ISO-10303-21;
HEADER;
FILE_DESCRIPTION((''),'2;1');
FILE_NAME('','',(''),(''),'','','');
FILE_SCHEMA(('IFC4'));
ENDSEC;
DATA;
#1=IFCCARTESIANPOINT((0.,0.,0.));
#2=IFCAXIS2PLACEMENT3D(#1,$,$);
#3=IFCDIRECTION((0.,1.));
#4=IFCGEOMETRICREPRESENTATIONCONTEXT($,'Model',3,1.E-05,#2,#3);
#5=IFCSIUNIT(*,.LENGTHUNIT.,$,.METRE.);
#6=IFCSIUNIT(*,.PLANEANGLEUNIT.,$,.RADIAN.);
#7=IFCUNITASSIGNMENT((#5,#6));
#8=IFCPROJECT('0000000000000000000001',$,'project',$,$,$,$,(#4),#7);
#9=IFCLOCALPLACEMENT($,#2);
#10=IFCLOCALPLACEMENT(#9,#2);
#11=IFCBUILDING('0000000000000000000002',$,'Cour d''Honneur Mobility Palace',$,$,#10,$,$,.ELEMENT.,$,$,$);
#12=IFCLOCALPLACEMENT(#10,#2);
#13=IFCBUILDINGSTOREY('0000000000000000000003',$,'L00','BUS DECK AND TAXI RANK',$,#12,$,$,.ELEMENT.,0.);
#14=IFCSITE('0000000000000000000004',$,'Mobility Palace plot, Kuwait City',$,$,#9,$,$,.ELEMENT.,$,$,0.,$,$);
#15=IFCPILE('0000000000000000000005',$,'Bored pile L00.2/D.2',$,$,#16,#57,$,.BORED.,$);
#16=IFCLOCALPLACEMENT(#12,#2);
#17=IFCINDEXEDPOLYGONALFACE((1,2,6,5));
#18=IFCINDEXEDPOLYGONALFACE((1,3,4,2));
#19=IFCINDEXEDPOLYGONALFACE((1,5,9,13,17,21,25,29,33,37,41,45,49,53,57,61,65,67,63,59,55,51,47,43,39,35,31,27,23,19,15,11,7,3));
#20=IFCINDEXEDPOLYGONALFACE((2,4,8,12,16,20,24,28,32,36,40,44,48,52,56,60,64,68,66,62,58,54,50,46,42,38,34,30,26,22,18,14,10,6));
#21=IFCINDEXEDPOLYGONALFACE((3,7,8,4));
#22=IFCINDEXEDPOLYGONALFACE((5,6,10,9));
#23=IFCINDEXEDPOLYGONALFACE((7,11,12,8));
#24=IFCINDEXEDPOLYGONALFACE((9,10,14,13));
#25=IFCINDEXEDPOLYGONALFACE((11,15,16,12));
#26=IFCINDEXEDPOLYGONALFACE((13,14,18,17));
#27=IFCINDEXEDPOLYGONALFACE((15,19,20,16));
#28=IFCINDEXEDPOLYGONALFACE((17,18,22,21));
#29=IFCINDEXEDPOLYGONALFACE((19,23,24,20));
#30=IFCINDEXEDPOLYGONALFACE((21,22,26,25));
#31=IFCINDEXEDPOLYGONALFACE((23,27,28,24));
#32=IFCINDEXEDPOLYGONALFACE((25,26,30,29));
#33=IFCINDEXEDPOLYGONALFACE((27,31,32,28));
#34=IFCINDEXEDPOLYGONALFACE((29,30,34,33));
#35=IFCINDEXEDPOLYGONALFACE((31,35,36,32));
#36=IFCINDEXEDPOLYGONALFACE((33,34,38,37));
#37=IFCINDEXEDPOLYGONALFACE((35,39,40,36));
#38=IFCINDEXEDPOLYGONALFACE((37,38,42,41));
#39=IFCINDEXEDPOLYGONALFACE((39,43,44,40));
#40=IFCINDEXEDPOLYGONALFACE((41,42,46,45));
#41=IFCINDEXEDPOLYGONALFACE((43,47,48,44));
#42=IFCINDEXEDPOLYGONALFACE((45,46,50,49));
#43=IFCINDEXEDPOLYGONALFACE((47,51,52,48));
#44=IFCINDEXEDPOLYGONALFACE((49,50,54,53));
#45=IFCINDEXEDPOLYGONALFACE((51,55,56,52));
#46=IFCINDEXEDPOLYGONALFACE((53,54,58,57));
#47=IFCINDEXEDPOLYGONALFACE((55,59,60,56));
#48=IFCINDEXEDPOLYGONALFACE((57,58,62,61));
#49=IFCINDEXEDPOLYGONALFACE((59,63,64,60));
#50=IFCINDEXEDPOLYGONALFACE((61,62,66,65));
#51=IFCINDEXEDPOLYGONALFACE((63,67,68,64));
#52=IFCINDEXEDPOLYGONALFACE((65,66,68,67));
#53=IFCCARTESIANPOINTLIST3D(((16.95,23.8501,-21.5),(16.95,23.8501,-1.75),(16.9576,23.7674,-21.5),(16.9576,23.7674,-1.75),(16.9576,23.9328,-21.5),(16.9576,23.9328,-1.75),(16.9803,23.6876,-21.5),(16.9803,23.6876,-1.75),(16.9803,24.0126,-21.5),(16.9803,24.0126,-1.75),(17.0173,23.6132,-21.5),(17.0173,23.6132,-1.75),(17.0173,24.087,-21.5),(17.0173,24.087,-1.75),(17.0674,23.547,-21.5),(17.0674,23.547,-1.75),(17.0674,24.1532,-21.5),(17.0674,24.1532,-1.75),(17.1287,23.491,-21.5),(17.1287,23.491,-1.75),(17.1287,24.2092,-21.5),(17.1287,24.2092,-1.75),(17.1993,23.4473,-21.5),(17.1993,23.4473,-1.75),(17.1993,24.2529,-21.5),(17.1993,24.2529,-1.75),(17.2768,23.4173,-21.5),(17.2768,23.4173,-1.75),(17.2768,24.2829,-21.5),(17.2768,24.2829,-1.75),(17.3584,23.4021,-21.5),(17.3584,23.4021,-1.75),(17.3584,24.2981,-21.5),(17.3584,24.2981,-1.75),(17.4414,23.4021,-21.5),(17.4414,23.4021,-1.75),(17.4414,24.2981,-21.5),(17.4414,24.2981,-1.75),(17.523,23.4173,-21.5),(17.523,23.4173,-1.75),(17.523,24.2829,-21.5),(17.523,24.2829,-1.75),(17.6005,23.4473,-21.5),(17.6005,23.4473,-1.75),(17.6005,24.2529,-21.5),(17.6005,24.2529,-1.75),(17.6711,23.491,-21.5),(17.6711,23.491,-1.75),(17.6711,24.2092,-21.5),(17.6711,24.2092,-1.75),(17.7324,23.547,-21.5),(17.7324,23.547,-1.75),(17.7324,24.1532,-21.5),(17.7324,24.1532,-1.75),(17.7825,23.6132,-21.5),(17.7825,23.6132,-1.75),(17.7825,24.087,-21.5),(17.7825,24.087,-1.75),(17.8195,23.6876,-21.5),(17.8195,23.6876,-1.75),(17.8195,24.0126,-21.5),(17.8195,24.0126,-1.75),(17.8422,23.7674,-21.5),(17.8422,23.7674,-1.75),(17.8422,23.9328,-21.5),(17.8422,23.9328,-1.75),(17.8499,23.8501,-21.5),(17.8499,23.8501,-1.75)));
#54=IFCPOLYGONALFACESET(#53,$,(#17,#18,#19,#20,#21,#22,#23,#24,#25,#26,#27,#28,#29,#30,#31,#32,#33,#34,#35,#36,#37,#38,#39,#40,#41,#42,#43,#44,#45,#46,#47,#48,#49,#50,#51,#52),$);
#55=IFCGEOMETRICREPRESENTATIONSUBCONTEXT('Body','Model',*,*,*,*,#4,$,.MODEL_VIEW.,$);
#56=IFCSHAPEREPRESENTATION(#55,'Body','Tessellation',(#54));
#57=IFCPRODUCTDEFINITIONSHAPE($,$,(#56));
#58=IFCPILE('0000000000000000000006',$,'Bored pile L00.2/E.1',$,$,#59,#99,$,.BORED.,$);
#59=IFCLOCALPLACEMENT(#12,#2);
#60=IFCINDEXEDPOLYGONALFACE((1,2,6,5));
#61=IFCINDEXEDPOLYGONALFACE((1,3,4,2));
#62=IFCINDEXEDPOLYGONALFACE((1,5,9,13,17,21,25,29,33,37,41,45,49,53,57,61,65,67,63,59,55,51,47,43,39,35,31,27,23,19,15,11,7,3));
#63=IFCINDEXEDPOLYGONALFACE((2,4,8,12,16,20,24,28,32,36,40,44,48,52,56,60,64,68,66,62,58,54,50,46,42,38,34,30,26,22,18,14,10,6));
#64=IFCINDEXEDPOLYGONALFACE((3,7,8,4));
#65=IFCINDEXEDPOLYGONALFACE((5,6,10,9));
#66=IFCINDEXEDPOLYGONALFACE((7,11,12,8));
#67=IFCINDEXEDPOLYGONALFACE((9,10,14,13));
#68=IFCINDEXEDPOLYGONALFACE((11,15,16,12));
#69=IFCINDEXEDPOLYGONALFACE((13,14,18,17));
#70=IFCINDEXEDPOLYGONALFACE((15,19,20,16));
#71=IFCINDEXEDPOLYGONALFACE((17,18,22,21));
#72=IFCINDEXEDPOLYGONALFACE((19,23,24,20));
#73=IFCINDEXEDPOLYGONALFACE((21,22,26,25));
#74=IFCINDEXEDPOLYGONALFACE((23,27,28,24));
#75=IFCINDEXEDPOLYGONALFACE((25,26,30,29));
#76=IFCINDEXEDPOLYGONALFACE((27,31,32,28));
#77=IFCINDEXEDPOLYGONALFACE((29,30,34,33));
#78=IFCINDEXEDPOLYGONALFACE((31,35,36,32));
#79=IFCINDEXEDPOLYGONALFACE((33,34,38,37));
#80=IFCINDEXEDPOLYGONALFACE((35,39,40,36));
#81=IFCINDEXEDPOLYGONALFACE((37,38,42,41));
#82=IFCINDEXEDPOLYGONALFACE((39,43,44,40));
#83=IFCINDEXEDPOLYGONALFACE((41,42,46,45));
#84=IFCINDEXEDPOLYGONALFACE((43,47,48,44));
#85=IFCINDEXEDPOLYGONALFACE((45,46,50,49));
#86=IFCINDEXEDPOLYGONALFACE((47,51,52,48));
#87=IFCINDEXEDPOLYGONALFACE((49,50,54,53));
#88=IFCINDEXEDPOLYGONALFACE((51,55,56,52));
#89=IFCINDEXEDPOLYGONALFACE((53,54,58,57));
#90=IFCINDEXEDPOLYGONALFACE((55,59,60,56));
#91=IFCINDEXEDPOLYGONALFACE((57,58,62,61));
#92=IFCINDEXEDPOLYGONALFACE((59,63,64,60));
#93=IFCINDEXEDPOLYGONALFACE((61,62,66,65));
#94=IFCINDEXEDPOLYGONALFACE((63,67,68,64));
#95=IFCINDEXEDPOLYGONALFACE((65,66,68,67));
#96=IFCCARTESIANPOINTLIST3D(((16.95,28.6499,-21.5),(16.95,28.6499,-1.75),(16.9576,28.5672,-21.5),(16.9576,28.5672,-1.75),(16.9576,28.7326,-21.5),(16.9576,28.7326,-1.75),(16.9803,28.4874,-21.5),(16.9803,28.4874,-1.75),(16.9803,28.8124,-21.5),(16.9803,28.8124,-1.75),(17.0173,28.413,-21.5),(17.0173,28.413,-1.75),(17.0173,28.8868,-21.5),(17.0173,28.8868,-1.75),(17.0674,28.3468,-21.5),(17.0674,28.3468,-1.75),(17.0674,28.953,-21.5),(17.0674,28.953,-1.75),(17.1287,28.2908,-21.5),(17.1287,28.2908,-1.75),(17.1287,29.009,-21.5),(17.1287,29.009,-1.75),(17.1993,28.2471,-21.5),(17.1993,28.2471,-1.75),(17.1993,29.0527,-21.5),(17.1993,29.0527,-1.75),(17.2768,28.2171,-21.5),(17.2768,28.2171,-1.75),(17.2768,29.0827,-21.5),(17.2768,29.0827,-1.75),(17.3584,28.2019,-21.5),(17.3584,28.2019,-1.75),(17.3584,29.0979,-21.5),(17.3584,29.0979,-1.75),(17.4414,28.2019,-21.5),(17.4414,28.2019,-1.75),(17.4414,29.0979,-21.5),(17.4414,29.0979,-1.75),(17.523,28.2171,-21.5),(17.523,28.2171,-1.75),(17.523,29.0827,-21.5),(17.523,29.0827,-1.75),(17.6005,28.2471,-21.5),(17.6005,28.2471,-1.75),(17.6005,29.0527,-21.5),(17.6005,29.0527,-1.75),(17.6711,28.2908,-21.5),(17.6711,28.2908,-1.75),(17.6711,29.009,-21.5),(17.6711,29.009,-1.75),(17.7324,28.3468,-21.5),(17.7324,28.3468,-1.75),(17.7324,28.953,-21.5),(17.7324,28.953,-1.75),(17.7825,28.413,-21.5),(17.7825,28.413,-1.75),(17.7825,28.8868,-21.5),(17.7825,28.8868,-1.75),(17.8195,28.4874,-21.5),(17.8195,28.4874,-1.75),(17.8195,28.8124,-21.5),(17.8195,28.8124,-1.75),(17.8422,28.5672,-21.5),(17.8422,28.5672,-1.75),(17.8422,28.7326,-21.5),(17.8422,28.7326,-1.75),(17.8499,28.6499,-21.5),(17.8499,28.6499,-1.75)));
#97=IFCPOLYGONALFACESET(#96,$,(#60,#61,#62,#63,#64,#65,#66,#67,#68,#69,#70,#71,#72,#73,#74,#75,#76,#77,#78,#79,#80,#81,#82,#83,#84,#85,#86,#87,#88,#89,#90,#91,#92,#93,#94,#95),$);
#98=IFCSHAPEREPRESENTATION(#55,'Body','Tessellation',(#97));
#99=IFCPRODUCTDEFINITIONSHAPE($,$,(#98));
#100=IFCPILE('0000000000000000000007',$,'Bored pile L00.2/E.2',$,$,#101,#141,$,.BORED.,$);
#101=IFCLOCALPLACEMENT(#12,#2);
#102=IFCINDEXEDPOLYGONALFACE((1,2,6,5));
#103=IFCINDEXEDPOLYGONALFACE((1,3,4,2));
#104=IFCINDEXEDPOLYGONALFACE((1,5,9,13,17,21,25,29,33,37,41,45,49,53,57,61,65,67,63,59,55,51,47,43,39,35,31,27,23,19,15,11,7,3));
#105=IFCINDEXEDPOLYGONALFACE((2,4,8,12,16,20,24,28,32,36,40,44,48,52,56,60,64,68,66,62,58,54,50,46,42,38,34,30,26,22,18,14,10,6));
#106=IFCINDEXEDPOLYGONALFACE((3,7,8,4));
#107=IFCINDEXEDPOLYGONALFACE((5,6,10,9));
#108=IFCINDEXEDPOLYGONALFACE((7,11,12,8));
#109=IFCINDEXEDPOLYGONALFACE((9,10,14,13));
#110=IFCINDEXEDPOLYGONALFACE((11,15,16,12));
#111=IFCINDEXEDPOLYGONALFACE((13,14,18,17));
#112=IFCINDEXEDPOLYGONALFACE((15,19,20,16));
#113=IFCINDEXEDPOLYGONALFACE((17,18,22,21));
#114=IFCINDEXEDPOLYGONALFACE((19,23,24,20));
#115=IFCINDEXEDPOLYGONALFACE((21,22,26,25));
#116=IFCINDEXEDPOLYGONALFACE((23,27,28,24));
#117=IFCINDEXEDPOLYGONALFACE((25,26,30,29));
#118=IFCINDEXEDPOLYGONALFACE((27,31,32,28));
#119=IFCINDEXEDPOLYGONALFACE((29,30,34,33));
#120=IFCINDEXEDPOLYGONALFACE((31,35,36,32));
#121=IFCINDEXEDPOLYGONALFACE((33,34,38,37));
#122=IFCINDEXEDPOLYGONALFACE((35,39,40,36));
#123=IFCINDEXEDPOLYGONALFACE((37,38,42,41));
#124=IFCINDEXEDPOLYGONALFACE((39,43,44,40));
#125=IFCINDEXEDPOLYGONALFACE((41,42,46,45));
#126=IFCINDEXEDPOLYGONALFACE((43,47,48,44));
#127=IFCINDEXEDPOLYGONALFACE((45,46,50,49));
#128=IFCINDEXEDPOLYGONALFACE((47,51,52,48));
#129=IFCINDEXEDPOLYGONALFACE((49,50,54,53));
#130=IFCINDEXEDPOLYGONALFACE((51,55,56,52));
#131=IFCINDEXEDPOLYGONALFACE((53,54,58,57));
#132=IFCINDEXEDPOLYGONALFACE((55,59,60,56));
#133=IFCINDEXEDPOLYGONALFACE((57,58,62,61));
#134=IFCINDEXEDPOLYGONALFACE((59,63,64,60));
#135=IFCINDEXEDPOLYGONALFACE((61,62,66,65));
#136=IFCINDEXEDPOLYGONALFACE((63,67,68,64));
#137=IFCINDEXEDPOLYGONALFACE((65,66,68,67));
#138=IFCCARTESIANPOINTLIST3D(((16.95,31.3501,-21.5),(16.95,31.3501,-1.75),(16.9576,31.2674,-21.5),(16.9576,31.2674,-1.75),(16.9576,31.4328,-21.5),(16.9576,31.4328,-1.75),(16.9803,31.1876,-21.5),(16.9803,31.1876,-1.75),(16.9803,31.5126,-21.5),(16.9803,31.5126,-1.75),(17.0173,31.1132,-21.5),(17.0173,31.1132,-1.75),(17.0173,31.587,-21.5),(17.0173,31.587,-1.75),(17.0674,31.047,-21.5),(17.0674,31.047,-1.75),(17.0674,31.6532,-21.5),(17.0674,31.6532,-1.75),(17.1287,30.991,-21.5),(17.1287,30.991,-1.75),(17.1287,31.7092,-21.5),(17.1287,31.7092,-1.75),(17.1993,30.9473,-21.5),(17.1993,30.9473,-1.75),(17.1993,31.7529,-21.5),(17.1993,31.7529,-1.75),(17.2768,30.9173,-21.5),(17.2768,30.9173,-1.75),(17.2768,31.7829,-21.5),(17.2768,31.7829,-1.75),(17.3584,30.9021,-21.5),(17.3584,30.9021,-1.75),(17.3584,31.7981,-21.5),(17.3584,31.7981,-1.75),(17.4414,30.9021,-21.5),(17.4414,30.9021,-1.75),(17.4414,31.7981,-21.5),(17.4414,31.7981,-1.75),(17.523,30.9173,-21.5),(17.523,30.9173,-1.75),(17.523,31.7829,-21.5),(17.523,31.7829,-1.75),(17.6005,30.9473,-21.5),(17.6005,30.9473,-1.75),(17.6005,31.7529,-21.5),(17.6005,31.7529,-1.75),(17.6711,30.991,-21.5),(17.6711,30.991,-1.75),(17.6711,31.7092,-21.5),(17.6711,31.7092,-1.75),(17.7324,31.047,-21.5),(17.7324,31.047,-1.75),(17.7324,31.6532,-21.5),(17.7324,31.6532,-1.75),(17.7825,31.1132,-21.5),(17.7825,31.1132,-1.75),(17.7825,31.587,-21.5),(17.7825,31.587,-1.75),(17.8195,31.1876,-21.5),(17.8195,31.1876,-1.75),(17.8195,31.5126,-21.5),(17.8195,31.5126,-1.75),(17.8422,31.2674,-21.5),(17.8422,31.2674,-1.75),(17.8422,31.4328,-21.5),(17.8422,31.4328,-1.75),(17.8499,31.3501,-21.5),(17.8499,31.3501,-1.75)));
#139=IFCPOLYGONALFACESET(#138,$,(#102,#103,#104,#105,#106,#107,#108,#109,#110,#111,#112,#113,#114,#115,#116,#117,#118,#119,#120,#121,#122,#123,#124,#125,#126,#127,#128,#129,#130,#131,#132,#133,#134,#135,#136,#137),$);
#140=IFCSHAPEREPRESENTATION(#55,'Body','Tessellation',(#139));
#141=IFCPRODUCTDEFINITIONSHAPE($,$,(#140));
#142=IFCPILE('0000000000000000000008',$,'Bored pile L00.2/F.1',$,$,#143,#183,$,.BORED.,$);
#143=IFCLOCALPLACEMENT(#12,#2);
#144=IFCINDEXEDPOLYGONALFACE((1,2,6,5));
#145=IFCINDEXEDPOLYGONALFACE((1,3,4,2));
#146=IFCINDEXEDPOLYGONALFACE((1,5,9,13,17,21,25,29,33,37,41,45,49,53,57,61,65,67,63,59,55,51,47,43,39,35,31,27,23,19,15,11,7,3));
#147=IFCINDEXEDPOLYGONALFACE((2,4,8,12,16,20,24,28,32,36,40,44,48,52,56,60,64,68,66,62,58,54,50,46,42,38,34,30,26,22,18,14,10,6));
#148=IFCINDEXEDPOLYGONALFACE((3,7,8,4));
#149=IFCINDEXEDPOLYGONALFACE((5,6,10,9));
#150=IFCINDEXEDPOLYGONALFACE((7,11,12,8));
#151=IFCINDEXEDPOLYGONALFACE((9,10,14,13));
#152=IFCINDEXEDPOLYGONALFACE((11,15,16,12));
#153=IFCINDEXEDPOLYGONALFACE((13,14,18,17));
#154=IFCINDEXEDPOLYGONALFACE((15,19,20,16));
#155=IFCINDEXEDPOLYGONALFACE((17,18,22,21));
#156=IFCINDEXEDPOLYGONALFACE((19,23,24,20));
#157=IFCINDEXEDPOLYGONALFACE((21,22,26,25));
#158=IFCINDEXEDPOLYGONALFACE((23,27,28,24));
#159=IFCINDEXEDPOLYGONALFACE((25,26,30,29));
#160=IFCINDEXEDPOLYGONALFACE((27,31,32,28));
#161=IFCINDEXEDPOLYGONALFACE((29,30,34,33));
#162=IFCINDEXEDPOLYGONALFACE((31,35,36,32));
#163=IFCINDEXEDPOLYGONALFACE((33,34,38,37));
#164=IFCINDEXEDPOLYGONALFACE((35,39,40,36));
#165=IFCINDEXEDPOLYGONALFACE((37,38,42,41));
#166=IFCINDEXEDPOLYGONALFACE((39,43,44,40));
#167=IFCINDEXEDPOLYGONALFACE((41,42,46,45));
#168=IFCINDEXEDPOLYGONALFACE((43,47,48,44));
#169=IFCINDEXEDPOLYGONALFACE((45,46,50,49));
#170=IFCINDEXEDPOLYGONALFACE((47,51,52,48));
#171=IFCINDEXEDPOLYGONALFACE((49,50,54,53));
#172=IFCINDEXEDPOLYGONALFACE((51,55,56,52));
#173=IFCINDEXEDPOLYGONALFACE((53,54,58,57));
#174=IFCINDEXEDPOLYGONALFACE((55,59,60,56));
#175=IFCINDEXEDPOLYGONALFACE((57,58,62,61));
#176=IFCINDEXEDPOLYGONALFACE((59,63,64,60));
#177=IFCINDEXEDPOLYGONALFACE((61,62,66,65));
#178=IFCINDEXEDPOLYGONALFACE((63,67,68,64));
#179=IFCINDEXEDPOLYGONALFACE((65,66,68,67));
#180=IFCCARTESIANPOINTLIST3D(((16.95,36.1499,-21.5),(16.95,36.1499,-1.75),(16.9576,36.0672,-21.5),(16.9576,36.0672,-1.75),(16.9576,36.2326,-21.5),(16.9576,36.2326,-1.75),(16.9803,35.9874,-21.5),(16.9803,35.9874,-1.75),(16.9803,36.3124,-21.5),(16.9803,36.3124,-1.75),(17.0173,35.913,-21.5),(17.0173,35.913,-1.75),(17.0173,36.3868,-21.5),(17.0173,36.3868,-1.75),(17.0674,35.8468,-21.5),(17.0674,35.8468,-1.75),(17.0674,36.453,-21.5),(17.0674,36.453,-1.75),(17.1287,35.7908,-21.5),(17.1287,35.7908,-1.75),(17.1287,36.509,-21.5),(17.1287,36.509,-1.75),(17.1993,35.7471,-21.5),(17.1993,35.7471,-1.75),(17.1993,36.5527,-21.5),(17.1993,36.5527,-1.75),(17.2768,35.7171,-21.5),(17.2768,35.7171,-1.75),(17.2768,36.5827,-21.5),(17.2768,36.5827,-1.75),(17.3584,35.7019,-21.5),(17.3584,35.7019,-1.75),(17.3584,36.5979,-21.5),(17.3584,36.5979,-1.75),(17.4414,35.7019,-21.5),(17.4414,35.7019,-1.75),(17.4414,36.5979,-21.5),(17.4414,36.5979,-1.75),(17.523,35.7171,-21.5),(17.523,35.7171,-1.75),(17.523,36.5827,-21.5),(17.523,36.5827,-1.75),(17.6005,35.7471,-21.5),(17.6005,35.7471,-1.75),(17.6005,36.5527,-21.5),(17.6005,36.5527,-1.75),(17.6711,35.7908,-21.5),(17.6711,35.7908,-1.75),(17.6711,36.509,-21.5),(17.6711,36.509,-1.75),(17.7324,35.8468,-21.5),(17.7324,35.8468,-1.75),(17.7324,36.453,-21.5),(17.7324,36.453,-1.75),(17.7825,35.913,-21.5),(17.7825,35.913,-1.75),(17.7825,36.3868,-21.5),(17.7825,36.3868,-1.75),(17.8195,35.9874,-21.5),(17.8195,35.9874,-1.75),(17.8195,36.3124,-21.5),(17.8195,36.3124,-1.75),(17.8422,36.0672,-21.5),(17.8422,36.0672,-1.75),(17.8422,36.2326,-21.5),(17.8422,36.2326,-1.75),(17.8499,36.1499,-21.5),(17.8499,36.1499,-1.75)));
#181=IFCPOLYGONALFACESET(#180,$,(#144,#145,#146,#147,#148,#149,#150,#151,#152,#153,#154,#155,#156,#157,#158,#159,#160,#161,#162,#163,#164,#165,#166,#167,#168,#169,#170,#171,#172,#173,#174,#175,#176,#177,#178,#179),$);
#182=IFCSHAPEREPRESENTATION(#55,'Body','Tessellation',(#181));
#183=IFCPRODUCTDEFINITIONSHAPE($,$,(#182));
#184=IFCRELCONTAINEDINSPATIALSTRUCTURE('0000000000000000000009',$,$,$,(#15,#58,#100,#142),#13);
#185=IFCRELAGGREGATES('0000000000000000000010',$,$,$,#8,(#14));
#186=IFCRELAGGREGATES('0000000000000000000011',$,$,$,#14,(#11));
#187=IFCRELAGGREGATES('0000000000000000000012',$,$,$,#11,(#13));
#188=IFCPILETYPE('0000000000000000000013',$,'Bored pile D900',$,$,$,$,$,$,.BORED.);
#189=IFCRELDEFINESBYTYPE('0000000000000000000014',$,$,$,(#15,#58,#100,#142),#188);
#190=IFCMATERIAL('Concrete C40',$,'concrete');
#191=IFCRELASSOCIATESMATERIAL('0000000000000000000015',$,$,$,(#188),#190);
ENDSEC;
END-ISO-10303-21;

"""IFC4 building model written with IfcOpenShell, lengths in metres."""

from ifc_helpers import new_model, si_unit, direction, frame, origin, origin_2d, place, context, subcontext, project, spatial, circle, extrude, material, material_profile, profile_set, type_object, element, save


model = new_model("IFC4")

# Units and contexts
model_context = context("Model", 3, precision=1e-05, world=origin(), true_north=direction((0.0, 1.0)))
body_context = subcontext(model_context, "Body", "Model", "MODEL_VIEW")
ifc_project = project(units=[si_unit("LENGTHUNIT", "METRE"), si_unit("PLANEANGLEUNIT", "RADIAN")], contexts=[model_context])

# Site, building, storey
site_placement = place(None, origin())
site = spatial("IfcSite", under=ifc_project, at=site_placement, Name="Mobility Palace plot, Kuwait City", CompositionType="ELEMENT", RefElevation=0.0)
building_placement = place(site_placement, origin())
building = spatial("IfcBuilding", under=site, at=building_placement, Name="Cour d'Honneur Mobility Palace", CompositionType="ELEMENT")
storey_placement = place(building_placement, origin())
storey = spatial("IfcBuildingStorey", under=building, at=storey_placement, Name="L00", Description="BUS DECK AND TAXI RANK", CompositionType="ELEMENT", Elevation=0.0)

# Piles
ifc_material_1 = material(Name="Concrete C40", Category="concrete")
ifc_material_profile_1 = material_profile(ifc_material_1, circle(Radius=0.45, at=origin_2d()), Name="Bored pile D900")
ifc_profile_set_1 = profile_set([ifc_material_profile_1], Name="Concrete C40")
pile_type = type_object("IfcPileType", Name="Bored pile D900", PredefinedType="BORED", material=ifc_profile_set_1)
for number, where, z_axis, x_axis, name in (
    (1, (17.3999, 23.8501, -1.75), (0.0, 0.0, -1.0), (1.0, 0.0, 0.0), "Bored pile L00.2/D.2"),
    (2, (17.3999, 28.6499, -1.75), (0.0, 0.0, -1.0), (1.0, 0.0, 0.0), "Bored pile L00.2/E.1"),
    (3, (17.3999, 31.3501, -1.75), (0.0, 0.0, -1.0), (1.0, 0.0, 0.0), "Bored pile L00.2/E.2"),
    (4, (17.3999, 36.1499, -1.75), (0.0, 0.0, -1.0), (1.0, 0.0, 0.0), "Bored pile L00.2/F.1"),
):
    element("IfcPile", number, at=place(storey_placement, frame(where, z_axis=z_axis, x_axis=x_axis)), inside=storey, type_object=pile_type, Name=name, PredefinedType="BORED", context=body_context, shape_type="SweptSolid", body=[
        extrude(circle(Radius=0.45, at=origin_2d()), origin(), (0.0, 0.0, 1.0), 19.75),
    ])

save(model, "model.ifc")
